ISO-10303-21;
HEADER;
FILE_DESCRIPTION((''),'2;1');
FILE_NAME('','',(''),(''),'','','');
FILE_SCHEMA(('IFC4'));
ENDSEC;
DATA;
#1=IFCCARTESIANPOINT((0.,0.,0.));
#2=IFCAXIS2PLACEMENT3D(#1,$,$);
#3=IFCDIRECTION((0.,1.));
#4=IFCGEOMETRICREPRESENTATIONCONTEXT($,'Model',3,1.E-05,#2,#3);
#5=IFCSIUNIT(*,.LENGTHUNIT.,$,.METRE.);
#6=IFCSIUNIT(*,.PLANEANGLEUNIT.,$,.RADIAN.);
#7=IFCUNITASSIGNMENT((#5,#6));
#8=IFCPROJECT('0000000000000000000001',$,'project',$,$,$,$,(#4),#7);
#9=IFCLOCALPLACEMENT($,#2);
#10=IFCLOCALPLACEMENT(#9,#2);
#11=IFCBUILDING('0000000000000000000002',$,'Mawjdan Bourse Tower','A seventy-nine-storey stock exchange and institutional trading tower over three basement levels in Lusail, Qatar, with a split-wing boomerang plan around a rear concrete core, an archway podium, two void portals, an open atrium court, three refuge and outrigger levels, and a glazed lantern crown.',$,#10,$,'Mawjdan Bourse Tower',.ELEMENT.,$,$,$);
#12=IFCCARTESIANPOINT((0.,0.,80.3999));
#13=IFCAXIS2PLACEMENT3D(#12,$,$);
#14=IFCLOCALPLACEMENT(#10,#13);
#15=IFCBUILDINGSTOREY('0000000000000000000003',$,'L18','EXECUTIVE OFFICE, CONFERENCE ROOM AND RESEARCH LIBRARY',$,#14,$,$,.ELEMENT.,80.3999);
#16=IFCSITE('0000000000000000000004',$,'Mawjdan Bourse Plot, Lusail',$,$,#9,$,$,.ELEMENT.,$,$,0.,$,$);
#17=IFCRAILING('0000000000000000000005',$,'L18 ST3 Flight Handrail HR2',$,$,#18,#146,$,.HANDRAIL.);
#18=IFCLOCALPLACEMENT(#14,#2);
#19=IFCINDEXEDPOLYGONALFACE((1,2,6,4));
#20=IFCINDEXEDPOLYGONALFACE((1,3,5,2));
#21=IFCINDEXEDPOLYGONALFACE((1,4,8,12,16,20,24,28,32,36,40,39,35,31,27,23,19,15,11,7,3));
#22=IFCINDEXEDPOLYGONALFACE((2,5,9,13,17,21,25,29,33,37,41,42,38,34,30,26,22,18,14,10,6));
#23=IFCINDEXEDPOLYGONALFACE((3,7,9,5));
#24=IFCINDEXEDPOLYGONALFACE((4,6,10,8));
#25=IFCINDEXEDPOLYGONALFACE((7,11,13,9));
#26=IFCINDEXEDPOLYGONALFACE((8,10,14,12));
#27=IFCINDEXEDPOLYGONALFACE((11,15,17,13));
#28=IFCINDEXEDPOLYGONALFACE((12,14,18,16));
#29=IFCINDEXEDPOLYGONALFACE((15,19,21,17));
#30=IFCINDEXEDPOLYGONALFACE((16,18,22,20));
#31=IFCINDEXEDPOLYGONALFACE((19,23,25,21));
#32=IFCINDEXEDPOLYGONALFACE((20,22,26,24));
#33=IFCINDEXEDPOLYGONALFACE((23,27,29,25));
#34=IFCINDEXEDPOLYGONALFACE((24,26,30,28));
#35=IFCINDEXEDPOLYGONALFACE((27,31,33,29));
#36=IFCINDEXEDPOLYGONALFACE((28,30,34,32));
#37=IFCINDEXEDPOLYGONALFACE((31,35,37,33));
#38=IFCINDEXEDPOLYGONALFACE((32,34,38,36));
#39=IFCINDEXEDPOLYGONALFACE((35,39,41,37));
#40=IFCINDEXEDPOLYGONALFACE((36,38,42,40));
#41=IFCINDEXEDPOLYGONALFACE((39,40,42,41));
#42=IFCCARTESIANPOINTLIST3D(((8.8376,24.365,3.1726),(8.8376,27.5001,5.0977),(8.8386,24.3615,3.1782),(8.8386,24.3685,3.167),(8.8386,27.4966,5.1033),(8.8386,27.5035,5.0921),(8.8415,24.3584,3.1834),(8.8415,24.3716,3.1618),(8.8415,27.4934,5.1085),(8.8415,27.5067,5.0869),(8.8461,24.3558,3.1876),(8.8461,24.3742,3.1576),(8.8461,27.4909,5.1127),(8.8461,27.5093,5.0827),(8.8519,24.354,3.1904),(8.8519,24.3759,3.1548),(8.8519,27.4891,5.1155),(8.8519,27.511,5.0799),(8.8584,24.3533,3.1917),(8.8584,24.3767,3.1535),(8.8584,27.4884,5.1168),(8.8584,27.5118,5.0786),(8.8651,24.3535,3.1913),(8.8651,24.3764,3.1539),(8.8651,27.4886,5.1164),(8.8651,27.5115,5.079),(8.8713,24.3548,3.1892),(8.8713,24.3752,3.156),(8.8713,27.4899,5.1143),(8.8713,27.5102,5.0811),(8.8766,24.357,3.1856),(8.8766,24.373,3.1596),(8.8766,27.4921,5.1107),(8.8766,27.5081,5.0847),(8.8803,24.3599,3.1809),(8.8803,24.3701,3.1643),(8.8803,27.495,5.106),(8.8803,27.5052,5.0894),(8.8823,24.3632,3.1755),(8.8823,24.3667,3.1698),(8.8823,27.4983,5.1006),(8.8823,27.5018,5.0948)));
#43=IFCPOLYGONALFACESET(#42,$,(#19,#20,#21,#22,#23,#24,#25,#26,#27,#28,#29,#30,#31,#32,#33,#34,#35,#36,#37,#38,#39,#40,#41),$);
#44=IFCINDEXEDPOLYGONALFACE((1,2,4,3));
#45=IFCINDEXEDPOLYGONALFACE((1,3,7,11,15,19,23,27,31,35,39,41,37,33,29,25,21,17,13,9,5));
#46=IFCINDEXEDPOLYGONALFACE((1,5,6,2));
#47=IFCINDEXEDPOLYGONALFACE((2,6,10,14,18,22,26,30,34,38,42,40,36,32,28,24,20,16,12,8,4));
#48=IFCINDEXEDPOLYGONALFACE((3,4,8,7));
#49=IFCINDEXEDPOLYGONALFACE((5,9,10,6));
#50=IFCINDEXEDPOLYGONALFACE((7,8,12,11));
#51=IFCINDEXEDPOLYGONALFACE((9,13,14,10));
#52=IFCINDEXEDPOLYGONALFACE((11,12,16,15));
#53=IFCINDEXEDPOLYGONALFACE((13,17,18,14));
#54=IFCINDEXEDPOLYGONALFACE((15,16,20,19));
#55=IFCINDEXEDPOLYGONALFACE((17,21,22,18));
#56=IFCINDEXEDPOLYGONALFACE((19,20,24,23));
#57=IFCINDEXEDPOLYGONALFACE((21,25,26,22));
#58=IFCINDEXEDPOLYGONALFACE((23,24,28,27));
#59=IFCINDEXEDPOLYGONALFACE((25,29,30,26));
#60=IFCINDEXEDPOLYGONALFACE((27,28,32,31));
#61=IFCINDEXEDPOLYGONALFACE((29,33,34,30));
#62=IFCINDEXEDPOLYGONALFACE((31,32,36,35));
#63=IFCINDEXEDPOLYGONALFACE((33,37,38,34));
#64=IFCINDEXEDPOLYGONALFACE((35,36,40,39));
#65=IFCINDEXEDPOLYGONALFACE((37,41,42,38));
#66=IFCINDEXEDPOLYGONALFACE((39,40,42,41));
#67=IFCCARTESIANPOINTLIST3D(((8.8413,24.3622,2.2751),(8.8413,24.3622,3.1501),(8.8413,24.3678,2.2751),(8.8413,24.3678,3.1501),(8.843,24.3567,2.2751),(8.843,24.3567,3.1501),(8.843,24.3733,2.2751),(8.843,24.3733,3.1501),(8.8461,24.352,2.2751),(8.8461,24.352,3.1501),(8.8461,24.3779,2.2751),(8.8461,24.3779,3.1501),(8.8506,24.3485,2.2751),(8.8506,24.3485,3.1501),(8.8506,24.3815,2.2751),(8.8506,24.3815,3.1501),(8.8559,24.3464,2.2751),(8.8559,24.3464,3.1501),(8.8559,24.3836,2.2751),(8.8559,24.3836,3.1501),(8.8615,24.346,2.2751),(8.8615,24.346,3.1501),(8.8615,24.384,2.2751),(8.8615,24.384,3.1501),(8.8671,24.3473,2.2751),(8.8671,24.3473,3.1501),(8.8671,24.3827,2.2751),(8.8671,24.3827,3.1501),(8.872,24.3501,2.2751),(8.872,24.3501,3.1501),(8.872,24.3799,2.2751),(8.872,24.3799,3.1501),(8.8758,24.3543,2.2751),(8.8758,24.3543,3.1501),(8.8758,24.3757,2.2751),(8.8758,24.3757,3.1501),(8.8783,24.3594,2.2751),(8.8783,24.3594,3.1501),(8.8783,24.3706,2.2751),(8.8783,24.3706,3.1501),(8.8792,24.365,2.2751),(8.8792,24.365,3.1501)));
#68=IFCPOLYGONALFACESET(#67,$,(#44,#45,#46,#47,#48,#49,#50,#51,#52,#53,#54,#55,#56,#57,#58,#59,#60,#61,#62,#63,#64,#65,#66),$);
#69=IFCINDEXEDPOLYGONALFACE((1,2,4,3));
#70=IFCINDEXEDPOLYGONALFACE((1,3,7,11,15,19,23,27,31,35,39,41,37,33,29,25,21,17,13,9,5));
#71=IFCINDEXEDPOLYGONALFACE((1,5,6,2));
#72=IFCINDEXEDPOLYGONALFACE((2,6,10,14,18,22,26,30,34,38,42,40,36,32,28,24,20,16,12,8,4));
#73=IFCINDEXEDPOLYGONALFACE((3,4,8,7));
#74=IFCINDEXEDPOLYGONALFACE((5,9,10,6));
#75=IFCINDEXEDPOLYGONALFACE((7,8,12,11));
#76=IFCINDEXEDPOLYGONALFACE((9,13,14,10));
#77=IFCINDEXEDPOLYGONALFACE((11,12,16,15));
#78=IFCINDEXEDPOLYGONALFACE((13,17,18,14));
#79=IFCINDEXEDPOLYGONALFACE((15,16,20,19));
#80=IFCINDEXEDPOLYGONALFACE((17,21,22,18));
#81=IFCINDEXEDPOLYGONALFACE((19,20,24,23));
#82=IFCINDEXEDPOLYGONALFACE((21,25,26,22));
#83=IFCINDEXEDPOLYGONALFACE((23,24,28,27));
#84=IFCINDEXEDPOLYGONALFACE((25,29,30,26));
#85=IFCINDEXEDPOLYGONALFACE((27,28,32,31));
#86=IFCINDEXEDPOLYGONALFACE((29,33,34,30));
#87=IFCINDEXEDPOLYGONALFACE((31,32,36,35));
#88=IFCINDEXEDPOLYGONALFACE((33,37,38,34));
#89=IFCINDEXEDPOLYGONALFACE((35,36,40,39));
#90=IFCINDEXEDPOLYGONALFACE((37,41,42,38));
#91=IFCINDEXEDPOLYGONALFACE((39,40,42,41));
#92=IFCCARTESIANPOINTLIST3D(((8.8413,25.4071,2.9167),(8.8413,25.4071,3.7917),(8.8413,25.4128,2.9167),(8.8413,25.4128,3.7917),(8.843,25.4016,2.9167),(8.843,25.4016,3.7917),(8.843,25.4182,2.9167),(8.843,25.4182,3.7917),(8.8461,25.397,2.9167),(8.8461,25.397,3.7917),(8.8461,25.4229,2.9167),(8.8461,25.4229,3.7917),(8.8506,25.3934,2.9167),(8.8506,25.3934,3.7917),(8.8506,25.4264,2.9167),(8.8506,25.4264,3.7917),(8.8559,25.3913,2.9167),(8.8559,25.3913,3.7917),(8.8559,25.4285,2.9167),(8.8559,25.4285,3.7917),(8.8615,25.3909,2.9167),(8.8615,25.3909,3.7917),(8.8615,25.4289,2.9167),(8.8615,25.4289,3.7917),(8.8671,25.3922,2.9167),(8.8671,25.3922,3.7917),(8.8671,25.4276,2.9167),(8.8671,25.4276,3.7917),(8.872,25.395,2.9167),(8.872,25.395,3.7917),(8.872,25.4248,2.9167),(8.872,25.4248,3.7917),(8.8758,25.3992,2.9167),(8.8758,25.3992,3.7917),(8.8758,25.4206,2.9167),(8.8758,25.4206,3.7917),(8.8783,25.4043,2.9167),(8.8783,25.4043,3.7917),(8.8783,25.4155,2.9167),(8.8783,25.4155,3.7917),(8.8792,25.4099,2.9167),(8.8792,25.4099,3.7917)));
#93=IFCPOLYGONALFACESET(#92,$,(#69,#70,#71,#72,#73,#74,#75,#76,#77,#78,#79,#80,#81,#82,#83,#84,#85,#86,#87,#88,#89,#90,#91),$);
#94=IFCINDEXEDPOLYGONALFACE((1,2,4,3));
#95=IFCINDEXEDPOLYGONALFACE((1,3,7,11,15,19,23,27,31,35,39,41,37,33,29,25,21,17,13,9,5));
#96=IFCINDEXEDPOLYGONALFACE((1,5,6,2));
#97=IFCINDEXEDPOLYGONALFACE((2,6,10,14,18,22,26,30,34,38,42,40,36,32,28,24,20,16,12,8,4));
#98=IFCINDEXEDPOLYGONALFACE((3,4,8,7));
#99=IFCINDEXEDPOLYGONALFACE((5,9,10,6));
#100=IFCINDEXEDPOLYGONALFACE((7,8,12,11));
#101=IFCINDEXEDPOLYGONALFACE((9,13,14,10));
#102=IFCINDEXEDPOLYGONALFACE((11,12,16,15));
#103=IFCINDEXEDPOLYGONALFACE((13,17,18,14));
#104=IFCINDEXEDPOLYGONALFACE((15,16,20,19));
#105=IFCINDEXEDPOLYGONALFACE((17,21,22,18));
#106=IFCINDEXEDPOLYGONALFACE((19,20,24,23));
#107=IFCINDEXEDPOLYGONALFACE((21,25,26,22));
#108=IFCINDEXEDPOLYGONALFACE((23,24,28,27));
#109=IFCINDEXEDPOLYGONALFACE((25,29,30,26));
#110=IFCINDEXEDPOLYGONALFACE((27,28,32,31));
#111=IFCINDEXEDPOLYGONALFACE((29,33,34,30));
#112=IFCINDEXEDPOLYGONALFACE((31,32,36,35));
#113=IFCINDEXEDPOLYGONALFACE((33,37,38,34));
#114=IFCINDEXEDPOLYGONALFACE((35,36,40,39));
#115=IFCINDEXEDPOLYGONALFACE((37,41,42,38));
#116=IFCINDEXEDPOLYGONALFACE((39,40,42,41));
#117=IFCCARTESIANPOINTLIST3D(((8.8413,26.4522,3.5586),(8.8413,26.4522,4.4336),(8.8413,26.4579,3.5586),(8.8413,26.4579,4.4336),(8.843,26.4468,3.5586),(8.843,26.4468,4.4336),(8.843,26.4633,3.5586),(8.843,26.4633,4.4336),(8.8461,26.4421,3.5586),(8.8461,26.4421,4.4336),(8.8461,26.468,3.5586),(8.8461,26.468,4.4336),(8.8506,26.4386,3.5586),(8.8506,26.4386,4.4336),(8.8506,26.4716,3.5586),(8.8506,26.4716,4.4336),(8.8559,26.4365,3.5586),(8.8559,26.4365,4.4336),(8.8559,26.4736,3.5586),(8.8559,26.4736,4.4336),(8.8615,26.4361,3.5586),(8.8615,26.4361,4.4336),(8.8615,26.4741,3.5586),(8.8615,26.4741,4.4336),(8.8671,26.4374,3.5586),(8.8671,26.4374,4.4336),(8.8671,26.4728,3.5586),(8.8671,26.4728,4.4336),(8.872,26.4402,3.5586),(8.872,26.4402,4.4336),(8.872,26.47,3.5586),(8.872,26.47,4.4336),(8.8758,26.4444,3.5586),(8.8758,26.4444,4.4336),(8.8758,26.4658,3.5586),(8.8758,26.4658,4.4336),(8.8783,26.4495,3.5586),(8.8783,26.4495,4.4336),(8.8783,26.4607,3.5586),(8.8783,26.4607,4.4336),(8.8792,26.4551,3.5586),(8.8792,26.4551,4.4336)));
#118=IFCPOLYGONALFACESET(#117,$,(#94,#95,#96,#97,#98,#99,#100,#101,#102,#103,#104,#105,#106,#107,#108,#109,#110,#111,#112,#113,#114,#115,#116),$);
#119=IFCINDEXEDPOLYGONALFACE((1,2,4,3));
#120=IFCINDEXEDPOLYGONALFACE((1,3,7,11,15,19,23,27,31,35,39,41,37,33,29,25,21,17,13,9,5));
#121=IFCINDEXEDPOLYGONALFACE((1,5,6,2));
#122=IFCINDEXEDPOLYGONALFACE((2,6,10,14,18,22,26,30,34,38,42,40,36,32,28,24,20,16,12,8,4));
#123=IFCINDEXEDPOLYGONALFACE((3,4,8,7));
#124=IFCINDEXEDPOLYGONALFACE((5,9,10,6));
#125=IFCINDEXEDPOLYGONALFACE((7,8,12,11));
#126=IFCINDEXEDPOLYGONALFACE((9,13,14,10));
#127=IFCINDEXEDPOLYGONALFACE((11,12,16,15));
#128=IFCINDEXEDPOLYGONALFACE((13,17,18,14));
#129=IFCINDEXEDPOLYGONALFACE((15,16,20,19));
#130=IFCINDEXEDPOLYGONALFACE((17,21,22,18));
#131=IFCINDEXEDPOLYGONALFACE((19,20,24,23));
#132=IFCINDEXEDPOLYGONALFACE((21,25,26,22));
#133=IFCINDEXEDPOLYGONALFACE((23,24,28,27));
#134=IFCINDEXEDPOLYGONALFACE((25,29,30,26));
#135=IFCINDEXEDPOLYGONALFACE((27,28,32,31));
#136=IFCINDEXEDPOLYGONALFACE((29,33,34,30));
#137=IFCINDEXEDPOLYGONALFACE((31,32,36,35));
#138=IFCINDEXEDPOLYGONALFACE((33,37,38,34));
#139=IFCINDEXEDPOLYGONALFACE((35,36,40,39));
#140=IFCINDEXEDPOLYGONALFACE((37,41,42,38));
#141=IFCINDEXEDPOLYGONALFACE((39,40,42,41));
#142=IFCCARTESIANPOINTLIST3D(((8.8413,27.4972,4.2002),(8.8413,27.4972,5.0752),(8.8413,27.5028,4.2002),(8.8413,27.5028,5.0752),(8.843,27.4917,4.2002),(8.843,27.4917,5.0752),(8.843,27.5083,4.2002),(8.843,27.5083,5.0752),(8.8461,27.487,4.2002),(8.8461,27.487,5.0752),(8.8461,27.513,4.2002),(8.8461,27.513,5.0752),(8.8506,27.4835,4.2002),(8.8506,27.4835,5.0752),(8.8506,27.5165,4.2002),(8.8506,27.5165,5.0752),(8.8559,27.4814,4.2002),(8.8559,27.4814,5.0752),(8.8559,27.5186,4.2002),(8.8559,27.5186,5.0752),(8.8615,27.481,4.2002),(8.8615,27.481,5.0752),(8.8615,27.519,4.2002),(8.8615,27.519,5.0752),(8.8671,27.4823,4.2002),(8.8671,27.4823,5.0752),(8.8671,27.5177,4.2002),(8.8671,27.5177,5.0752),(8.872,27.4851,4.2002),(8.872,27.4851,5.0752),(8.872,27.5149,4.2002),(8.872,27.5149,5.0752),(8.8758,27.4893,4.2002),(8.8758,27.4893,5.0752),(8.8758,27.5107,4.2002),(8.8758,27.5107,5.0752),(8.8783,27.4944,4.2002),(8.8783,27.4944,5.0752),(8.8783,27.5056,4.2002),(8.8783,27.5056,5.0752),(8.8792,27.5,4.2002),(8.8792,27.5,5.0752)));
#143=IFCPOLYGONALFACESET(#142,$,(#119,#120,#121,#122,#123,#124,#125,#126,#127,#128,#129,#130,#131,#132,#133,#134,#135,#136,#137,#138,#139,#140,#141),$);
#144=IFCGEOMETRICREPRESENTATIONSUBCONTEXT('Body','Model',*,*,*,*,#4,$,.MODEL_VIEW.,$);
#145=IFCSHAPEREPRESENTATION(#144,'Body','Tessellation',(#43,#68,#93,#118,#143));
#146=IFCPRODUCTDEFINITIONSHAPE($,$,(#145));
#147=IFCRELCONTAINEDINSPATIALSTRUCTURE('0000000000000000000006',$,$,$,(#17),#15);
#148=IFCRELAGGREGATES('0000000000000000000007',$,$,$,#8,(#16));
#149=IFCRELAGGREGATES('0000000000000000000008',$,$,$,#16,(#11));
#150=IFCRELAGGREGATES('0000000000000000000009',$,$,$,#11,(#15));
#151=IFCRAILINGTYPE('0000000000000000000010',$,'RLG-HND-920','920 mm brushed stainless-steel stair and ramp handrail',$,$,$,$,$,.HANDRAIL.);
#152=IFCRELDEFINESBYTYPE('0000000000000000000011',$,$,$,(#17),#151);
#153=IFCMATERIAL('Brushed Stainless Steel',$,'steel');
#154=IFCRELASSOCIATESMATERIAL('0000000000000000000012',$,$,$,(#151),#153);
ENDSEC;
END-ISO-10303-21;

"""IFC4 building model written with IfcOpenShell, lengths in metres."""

from ifc_helpers import new_model, si_unit, direction, frame, origin, origin_2d, place, context, subcontext, project, spatial, circle, extrude, material, type_object, element, save


model = new_model("IFC4")

# Units and contexts
model_context = context("Model", 3, precision=1e-05, world=origin(), true_north=direction((0.0, 1.0)))
body_context = subcontext(model_context, "Body", "Model", "MODEL_VIEW")
ifc_project = project(units=[si_unit("LENGTHUNIT", "METRE"), si_unit("PLANEANGLEUNIT", "RADIAN")], contexts=[model_context])

# Site, building, storey
site_placement = place(None, origin())
site = spatial("IfcSite", under=ifc_project, at=site_placement, Name="Mawjdan Bourse Plot, Lusail", CompositionType="ELEMENT", RefElevation=0.0)
building_placement = place(site_placement, origin())
building = spatial("IfcBuilding", under=site, at=building_placement, Name="Mawjdan Bourse Tower", Description="A seventy-nine-storey stock exchange and institutional trading tower over three basement levels in Lusail, Qatar, with a split-wing boomerang plan around a rear concrete core, an archway podium, two void portals, an open atrium court, three refuge and outrigger levels, and a glazed lantern crown.", LongName="Mawjdan Bourse Tower", CompositionType="ELEMENT")
storey_placement = place(building_placement, frame((0.0, 0.0, 80.3999)))
storey = spatial("IfcBuildingStorey", under=building, at=storey_placement, Name="L18", Description="EXECUTIVE OFFICE, CONFERENCE ROOM AND RESEARCH LIBRARY", CompositionType="ELEMENT", Elevation=80.3999)

# Railing
ifc_material_1 = material(Name="Brushed Stainless Steel", Category="steel")
railing_type_1 = type_object("IfcRailingType", Name="RLG-HND-920", Description="920 mm brushed stainless-steel stair and ramp handrail", PredefinedType="HANDRAIL", material=ifc_material_1)
railing_1_placement = place(storey_placement, frame((8.8601, 24.365, 2.2751)))
element("IfcRailing", 1, at=railing_1_placement, inside=storey, type_object=railing_type_1, Name="L18 ST3 Flight Handrail HR2", PredefinedType="HANDRAIL", context=body_context, shape_type="SweptSolid", body=[
    extrude(circle(Radius=0.0225, at=origin_2d()), frame((0.0, 0.0, 0.8975), z_axis=(0.0, 0.852166, 0.523271), x_axis=(-1.0, 0.0, 0.0)), (0.0, 0.0, 1.0), 3.679),
    extrude(circle(Radius=0.019, at=origin_2d()), origin(), (0.0, 0.0, 1.0), 0.875),
    extrude(circle(Radius=0.019, at=origin_2d()), frame((0.0, 1.0449, 0.6416)), (0.0, 0.0, 1.0), 0.875),
    extrude(circle(Radius=0.019, at=origin_2d()), frame((0.0, 2.0901, 1.2834)), (0.0, 0.0, 1.0), 0.875),
    extrude(circle(Radius=0.019, at=origin_2d()), frame((0.0, 3.135, 1.925)), (0.0, 0.0, 1.0), 0.875),
])

save(model, "model.ifc")
